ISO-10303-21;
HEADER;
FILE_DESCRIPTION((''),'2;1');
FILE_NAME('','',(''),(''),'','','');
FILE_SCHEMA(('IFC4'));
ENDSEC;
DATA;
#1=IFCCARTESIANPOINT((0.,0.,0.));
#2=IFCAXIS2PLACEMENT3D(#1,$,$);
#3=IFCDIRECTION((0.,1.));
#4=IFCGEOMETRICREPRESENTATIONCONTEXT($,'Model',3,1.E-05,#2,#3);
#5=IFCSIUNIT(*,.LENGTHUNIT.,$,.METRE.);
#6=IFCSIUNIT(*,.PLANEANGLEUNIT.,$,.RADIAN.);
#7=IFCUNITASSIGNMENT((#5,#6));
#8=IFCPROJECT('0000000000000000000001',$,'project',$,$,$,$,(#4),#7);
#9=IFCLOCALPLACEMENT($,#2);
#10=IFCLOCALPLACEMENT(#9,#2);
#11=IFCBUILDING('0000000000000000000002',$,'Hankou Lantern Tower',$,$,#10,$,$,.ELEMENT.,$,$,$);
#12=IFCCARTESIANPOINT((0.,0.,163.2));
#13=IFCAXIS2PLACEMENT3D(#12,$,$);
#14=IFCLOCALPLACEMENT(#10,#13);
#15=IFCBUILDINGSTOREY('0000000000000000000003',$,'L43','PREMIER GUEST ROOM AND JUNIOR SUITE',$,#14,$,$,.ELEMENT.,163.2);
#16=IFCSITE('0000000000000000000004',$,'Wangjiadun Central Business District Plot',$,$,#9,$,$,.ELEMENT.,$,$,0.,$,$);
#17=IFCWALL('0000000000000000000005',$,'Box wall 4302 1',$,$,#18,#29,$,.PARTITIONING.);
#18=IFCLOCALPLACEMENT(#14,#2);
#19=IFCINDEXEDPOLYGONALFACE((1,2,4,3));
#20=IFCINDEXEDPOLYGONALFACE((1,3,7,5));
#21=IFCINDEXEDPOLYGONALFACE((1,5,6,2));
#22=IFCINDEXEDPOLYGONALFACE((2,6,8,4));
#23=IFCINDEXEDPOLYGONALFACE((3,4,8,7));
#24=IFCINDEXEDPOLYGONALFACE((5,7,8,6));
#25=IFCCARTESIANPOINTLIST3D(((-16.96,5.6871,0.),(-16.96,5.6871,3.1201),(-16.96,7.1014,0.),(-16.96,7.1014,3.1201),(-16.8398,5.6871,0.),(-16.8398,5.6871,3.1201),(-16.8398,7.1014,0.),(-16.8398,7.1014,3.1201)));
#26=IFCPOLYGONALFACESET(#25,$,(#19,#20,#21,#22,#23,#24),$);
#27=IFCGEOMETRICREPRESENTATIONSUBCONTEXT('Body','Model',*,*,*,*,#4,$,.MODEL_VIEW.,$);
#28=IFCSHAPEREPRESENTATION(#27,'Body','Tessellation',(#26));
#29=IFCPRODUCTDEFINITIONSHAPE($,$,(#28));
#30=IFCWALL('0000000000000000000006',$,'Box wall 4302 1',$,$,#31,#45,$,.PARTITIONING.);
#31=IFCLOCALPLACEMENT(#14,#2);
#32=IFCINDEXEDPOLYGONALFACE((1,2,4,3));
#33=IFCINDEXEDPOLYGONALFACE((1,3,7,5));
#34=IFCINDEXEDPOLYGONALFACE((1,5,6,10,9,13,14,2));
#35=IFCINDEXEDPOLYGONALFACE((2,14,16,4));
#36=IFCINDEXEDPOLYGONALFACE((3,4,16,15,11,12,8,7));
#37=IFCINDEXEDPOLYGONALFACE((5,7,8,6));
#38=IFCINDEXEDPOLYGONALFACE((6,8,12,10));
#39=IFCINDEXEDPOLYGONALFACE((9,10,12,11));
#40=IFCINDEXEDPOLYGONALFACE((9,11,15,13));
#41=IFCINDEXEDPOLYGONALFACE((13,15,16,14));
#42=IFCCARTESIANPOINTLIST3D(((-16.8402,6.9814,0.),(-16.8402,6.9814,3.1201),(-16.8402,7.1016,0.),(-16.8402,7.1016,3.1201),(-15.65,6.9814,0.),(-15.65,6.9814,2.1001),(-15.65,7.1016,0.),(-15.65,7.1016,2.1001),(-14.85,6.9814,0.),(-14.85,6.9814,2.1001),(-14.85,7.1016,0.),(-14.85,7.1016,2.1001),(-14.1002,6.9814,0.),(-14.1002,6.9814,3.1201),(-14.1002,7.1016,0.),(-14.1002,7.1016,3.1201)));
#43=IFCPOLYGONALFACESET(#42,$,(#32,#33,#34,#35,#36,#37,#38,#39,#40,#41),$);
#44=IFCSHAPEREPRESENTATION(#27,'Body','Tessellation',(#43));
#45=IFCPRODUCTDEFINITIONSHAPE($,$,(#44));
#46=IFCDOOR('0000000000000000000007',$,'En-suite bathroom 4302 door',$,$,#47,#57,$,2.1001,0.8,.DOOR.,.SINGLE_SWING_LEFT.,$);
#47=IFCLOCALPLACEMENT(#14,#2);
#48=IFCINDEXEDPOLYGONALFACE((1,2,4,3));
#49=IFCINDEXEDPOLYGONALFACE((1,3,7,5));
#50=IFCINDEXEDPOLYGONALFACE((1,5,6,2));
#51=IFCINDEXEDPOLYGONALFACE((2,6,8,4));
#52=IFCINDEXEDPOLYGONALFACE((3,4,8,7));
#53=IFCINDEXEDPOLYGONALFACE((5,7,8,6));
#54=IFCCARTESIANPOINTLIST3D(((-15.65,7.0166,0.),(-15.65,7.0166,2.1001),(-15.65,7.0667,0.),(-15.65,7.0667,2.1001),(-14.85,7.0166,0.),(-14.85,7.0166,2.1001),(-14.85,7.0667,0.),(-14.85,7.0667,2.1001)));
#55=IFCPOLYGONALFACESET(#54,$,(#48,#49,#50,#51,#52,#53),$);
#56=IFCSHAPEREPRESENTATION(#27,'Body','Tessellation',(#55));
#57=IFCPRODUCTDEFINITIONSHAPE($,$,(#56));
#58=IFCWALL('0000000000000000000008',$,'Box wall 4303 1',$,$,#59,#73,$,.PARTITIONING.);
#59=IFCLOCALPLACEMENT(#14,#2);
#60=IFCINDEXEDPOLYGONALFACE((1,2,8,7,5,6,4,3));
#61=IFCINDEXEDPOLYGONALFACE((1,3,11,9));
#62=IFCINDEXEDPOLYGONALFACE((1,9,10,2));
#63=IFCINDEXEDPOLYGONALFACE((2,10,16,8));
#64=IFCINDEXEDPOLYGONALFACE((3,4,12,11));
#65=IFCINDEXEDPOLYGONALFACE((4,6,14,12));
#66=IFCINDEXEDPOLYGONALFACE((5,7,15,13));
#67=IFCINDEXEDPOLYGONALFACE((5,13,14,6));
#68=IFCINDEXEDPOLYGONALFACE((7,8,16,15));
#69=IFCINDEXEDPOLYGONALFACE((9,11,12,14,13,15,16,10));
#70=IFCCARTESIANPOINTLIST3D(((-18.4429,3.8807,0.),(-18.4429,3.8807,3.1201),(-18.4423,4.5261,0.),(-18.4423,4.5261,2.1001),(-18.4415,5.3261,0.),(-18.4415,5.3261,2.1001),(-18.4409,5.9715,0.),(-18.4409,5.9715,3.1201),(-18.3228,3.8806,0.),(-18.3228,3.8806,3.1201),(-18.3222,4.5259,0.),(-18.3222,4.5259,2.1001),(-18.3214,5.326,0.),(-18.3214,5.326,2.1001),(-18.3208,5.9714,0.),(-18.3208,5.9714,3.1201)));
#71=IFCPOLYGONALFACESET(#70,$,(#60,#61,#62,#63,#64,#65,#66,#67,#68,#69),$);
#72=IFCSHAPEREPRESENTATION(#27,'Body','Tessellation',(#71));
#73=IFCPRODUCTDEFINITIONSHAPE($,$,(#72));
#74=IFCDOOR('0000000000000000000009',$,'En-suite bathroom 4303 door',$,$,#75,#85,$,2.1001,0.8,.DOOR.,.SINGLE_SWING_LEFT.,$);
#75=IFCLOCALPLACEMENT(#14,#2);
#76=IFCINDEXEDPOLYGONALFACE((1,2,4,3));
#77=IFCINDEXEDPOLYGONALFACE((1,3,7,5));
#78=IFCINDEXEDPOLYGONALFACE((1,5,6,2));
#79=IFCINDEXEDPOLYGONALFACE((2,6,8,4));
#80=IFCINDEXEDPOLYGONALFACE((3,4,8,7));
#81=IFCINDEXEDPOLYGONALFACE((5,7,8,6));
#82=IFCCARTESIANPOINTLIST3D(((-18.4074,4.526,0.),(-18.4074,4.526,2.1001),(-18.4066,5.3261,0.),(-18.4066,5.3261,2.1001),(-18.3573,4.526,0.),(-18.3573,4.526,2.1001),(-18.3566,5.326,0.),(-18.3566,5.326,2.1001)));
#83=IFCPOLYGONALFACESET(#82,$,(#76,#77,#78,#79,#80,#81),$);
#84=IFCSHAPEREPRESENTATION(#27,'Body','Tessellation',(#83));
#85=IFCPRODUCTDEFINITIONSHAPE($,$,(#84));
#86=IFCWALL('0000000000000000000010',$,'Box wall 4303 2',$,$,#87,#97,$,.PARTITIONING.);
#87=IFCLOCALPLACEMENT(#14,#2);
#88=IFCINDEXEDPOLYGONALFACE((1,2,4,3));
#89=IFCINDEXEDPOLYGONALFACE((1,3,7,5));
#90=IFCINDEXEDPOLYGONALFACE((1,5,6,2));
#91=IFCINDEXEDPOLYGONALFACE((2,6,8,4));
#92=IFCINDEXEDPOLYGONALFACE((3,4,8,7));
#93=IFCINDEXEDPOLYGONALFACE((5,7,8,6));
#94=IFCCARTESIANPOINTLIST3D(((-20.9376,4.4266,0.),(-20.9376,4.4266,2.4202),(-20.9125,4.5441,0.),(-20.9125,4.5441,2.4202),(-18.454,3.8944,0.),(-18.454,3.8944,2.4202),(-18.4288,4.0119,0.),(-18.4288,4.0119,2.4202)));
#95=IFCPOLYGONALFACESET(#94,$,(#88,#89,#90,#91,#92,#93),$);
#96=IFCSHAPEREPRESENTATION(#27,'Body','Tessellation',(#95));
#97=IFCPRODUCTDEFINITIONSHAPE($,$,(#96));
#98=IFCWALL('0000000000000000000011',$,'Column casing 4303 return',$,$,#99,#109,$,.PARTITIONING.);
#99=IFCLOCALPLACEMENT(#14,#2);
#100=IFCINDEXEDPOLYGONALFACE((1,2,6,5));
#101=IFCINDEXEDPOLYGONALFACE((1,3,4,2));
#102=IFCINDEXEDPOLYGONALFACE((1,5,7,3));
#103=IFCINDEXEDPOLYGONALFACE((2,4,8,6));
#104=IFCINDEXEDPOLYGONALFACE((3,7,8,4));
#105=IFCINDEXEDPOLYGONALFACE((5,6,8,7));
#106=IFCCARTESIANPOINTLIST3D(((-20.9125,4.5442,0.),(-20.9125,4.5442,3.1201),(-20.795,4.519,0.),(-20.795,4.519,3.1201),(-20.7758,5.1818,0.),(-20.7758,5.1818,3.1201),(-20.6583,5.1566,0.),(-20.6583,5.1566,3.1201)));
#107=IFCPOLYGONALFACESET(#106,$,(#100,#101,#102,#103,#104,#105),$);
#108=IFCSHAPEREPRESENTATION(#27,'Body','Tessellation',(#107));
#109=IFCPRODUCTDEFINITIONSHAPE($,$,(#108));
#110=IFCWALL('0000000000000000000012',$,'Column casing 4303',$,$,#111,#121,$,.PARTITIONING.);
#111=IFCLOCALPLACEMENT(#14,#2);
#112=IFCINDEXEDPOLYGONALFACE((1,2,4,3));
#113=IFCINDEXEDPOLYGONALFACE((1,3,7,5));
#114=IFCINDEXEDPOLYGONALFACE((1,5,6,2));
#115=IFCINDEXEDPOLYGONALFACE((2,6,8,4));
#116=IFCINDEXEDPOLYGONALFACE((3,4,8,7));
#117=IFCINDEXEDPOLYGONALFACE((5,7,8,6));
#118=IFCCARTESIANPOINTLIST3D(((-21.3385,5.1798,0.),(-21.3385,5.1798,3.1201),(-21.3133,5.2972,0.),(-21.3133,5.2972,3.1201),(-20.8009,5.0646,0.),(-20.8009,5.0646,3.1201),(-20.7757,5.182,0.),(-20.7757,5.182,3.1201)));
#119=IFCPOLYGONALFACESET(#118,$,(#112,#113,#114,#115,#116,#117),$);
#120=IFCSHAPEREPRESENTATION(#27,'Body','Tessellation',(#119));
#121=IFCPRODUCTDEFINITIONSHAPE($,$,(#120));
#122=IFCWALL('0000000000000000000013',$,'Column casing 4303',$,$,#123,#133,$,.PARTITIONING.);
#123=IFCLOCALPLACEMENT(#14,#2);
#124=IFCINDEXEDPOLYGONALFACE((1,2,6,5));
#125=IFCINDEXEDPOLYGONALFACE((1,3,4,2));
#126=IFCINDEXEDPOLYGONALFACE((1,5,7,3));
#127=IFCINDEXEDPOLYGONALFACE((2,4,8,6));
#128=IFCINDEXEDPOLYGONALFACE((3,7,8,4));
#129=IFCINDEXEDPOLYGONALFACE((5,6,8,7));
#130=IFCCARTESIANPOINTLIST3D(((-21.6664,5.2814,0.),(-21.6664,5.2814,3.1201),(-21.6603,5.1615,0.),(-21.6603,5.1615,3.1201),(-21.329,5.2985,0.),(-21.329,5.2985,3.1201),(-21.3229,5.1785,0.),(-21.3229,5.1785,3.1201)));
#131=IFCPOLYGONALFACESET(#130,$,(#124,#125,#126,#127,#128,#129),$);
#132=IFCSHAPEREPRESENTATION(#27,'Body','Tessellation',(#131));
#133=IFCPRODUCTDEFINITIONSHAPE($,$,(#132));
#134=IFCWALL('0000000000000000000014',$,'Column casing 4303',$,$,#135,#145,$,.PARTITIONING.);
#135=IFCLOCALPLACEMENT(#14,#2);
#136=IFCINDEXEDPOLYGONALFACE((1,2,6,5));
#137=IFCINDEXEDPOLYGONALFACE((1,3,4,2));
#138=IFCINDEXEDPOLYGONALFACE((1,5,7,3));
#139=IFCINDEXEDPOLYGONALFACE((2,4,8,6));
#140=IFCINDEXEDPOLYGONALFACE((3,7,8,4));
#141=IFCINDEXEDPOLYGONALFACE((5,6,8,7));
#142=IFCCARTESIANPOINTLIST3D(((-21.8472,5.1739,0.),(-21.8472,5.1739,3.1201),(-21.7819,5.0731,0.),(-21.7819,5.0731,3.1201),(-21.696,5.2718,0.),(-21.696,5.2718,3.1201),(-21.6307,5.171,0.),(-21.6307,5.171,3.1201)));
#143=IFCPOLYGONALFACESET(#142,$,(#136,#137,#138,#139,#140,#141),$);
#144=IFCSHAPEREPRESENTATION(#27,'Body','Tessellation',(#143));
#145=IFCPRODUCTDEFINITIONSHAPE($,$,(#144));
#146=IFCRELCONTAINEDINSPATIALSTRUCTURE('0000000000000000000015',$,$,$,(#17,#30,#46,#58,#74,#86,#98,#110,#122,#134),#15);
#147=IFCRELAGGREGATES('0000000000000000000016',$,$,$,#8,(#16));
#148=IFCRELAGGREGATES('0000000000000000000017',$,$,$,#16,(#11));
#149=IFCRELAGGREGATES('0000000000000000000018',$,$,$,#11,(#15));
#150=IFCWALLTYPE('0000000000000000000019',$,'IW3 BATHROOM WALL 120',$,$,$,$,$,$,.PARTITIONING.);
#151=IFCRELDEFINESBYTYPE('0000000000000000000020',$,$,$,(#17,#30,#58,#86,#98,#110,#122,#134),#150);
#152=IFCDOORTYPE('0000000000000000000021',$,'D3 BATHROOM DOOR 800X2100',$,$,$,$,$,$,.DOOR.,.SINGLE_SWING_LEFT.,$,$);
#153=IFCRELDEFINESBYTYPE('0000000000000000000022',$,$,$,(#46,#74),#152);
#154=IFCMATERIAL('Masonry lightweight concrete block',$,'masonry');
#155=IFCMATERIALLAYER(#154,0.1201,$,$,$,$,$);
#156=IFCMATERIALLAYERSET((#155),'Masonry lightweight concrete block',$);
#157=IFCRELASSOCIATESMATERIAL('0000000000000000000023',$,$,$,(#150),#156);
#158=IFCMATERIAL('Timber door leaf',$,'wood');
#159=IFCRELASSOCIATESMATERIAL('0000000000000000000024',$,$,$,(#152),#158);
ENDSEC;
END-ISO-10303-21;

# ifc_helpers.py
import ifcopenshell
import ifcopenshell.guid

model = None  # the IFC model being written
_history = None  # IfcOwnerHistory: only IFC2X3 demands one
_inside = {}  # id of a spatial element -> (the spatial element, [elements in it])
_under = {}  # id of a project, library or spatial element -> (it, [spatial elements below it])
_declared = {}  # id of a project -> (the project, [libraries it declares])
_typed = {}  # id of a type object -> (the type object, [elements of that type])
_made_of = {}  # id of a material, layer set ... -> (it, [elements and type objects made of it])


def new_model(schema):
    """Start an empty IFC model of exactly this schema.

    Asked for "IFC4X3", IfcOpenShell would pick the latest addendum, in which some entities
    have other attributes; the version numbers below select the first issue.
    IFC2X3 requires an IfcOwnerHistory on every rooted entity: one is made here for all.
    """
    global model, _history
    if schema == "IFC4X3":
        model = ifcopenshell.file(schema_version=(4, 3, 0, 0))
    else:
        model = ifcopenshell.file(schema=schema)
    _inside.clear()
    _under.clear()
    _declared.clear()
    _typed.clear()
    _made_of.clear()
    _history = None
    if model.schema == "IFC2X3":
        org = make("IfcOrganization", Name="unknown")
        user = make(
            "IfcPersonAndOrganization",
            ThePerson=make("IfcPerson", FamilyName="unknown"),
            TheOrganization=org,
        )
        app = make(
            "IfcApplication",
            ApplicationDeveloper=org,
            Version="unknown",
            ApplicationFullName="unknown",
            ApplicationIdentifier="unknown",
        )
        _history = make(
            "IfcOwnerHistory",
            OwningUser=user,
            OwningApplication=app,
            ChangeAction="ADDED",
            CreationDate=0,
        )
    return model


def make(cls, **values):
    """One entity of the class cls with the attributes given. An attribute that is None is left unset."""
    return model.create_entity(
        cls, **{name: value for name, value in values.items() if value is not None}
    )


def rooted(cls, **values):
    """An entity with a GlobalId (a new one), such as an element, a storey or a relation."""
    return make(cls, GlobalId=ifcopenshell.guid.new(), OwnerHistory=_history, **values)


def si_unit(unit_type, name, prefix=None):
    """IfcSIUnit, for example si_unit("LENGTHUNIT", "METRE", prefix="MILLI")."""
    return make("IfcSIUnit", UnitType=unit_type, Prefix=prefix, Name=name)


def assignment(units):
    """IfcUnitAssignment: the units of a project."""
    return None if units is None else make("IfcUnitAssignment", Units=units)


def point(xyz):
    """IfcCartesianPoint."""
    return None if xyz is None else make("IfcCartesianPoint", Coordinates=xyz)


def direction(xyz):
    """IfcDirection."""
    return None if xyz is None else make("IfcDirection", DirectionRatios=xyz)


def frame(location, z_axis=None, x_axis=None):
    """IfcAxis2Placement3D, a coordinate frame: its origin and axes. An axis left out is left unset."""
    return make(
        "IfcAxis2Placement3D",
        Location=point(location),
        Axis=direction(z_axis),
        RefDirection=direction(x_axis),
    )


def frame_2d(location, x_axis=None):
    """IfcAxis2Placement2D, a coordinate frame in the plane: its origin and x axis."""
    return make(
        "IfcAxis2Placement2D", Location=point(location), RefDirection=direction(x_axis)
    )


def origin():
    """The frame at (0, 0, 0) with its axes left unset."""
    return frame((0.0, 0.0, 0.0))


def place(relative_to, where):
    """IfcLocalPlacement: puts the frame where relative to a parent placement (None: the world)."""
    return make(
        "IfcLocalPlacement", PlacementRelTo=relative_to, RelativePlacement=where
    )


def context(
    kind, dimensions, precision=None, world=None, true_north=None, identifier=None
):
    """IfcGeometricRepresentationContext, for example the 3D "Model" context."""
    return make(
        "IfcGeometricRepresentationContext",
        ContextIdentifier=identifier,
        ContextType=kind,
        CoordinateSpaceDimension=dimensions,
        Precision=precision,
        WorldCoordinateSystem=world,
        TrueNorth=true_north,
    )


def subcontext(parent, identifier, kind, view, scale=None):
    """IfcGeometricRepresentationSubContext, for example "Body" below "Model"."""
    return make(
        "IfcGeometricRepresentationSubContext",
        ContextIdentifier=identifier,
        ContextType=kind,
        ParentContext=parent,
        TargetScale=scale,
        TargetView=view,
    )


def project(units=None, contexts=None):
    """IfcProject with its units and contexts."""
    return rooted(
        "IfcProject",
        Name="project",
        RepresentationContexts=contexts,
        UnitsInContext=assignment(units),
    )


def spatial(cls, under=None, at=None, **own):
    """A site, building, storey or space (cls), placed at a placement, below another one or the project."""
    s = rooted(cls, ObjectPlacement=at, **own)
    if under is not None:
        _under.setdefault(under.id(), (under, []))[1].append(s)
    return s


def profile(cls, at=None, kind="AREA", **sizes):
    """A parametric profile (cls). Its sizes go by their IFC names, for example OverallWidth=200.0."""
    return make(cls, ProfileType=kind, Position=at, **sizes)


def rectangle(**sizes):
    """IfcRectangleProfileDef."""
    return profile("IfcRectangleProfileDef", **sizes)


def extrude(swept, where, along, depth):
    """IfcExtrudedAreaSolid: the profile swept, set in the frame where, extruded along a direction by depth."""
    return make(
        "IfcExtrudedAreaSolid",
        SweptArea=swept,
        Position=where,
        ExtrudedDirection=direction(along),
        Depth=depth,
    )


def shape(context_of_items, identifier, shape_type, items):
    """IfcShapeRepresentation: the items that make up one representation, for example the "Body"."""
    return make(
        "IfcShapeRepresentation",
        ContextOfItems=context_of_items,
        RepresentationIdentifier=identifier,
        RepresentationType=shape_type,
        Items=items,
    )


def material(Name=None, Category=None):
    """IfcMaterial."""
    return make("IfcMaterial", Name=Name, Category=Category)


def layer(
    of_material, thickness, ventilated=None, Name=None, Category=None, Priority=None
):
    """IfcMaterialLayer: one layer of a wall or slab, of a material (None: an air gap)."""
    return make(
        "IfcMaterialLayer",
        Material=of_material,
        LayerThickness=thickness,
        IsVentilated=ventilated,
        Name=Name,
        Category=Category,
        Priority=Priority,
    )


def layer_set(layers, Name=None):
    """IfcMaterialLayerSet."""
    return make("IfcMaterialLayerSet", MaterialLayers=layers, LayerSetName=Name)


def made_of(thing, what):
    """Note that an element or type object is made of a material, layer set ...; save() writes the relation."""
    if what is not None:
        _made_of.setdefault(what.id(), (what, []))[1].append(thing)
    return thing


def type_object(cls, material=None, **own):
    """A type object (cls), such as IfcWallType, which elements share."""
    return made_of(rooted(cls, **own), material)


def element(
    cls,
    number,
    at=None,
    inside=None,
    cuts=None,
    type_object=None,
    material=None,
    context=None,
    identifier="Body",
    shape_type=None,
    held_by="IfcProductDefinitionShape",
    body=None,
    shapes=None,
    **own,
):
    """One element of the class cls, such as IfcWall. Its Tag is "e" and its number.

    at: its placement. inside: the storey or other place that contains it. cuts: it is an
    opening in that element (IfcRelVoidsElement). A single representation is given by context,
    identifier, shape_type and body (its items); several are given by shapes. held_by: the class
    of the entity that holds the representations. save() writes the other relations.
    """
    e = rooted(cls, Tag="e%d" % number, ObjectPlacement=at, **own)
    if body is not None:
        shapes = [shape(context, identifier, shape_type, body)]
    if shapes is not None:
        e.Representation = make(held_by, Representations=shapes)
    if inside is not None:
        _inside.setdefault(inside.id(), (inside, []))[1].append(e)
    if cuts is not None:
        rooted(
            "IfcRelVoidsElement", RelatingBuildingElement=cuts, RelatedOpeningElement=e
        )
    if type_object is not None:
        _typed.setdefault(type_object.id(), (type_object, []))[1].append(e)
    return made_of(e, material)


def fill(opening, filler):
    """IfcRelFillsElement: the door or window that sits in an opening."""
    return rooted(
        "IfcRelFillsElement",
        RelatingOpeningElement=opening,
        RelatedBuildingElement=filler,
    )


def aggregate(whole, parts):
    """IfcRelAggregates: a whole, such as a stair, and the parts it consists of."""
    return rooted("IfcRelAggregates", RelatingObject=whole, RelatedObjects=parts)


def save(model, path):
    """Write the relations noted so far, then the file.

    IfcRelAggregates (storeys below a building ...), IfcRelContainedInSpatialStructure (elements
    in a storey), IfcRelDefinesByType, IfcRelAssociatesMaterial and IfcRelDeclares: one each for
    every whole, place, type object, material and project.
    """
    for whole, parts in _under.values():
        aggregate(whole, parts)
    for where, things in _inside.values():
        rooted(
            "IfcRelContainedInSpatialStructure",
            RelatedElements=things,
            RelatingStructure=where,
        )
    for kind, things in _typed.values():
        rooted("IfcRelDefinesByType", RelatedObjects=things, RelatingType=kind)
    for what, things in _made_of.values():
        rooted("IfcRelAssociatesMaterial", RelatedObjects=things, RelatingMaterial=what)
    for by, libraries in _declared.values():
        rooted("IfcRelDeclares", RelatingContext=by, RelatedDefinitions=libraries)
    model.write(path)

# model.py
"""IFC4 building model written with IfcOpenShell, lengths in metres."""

from ifc_helpers import new_model, si_unit, direction, frame, frame_2d, origin, place, context, subcontext, project, spatial, rectangle, extrude, material, layer, layer_set, type_object, element, fill, save


model = new_model("IFC4")

# Units and contexts
model_context = context("Model", 3, precision=1e-05, world=origin(), true_north=direction((0.0, 1.0)))
body_context = subcontext(model_context, "Body", "Model", "MODEL_VIEW")
ifc_project = project(units=[si_unit("LENGTHUNIT", "METRE"), si_unit("PLANEANGLEUNIT", "RADIAN")], contexts=[model_context])

# Site, building, storey
site_placement = place(None, origin())
site = spatial("IfcSite", under=ifc_project, at=site_placement, Name="Wangjiadun Central Business District Plot", CompositionType="ELEMENT", RefElevation=0.0)
building_placement = place(site_placement, origin())
building = spatial("IfcBuilding", under=site, at=building_placement, Name="Hankou Lantern Tower", CompositionType="ELEMENT")
storey_placement = place(building_placement, frame((0.0, 0.0, 163.2)))
storey = spatial("IfcBuildingStorey", under=building, at=storey_placement, Name="L43", Description="PREMIER GUEST ROOM AND JUNIOR SUITE", CompositionType="ELEMENT", Elevation=163.2)

# Wall
ifc_material_1 = material(Name="Masonry lightweight concrete block", Category="masonry")
ifc_layer_1 = layer(ifc_material_1, 0.1201)
ifc_layer_set_1 = layer_set([ifc_layer_1], Name="Masonry lightweight concrete block")
wall_type_1 = type_object("IfcWallType", Name="IW3 BATHROOM WALL 120", PredefinedType="PARTITIONING", material=ifc_layer_set_1)
wall_1_placement = place(storey_placement, frame((-16.8999, 5.6873, 0.0), z_axis=(0.0, 0.0, 1.0), x_axis=(0.0, 1.0, 0.0)))
element("IfcWall", 1, at=wall_1_placement, inside=storey, type_object=wall_type_1, Name="Box wall 4302 1", PredefinedType="PARTITIONING", context=body_context, shape_type="SweptSolid", body=[
    extrude(rectangle(XDim=1.4143, YDim=0.1201, at=frame_2d((0.707, 0.0))), origin(), (0.0, 0.0, 1.0), 3.1201),
])

# Walls, openings, doors
wall_2_placement = place(storey_placement, frame((-14.1001, 7.0415, 0.0), z_axis=(0.0, 0.0, 1.0), x_axis=(-1.0, 0.0, 0.0)))
wall_2 = element("IfcWall", 2, at=wall_2_placement, inside=storey, type_object=wall_type_1, Name="Box wall 4302 1", PredefinedType="PARTITIONING", context=body_context, shape_type="SweptSolid", body=[
    extrude(rectangle(XDim=2.74, YDim=0.1201, at=frame_2d((1.3701, 0.0))), origin(), (0.0, 0.0, 1.0), 3.1201),
])
opening_1_placement = place(wall_2_placement, frame((0.75, 0.0, 0.0)))
opening_1 = element("IfcOpeningElement", 3, at=opening_1_placement, cuts=wall_2, PredefinedType="OPENING", context=body_context, shape_type="SweptSolid", body=[
    extrude(rectangle(XDim=0.8, YDim=2.1001, at=frame_2d((0.3999, 1.05))), frame((0.0, 0.0701, 0.0), z_axis=(0.0, -1.0, 0.0), x_axis=(1.0, 0.0, 0.0)), (0.0, 0.0, 1.0), 0.1401),
])
ifc_material_2 = material(Name="Timber door leaf", Category="wood")
door_type_1 = type_object("IfcDoorType", Name="D3 BATHROOM DOOR 800X2100", OperationType="SINGLE_SWING_LEFT", PredefinedType="DOOR", material=ifc_material_2)
door_1_placement = place(opening_1_placement, origin())
door_1 = element("IfcDoor", 4, at=door_1_placement, inside=storey, type_object=door_type_1, Name="En-suite bathroom 4302 door", OperationType="SINGLE_SWING_LEFT", OverallHeight=2.1001, OverallWidth=0.8, PredefinedType="DOOR", context=body_context, shape_type="SweptSolid", body=[
    extrude(rectangle(XDim=0.8, YDim=2.1001, at=frame_2d((0.3999, 1.05))), frame((0.0, 0.0249, 0.0), z_axis=(0.0, -1.0, 0.0), x_axis=(1.0, 0.0, 0.0)), (0.0, 0.0, 1.0), 0.05),
])
fill(opening_1, door_1)
wall_3_placement = place(storey_placement, frame((-18.3809, 5.9714, 0.0), z_axis=(0.0, 0.0, 1.0), x_axis=(-0.000934, -1.0, 0.0)))
wall_3 = element("IfcWall", 5, at=wall_3_placement, inside=storey, type_object=wall_type_1, Name="Box wall 4303 1", PredefinedType="PARTITIONING", context=body_context, shape_type="SweptSolid", body=[
    extrude(rectangle(XDim=2.0908, YDim=0.1201, at=frame_2d((1.0454, 0.0))), origin(), (0.0, 0.0, 1.0), 3.1201),
])
opening_2_placement = place(wall_3_placement, frame((0.6455, 0.0, 0.0)))
opening_2 = element("IfcOpeningElement", 6, at=opening_2_placement, cuts=wall_3, PredefinedType="OPENING", context=body_context, shape_type="SweptSolid", body=[
    extrude(rectangle(XDim=0.8, YDim=2.1001, at=frame_2d((0.3999, 1.05))), frame((0.0, 0.0701, 0.0), z_axis=(0.0, -1.0, 0.0), x_axis=(1.0, 0.0, 0.0)), (0.0, 0.0, 1.0), 0.1401),
])
door_2_placement = place(opening_2_placement, origin())
door_2 = element("IfcDoor", 7, at=door_2_placement, inside=storey, type_object=door_type_1, Name="En-suite bathroom 4303 door", OperationType="SINGLE_SWING_LEFT", OverallHeight=2.1001, OverallWidth=0.8, PredefinedType="DOOR", context=body_context, shape_type="SweptSolid", body=[
    extrude(rectangle(XDim=0.8, YDim=2.1001, at=frame_2d((0.3999, 1.05))), frame((0.0, 0.0249, 0.0), z_axis=(0.0, -1.0, 0.0), x_axis=(1.0, 0.0, 0.0)), (0.0, 0.0, 1.0), 0.05),
])
fill(opening_2, door_2)

# Walls
wall_4_placement = place(storey_placement, frame((-18.4414, 3.9531, 0.0), z_axis=(0.0, 0.0, 1.0), x_axis=(-0.977801, 0.209536, 0.0)))
element("IfcWall", 8, at=wall_4_placement, inside=storey, type_object=wall_type_1, Name="Box wall 4303 2", PredefinedType="PARTITIONING", context=body_context, shape_type="SweptSolid", body=[
    extrude(rectangle(XDim=2.54, YDim=0.1201, at=frame_2d((1.27, 0.0))), origin(), (0.0, 0.0, 1.0), 2.4202),
])
wall_5_placement = place(storey_placement, frame((-20.8538, 4.5315, 0.0), z_axis=(0.0, 0.0, 1.0), x_axis=(0.209631, 0.97778, 0.0)))
element("IfcWall", 9, at=wall_5_placement, inside=storey, type_object=wall_type_1, Name="Column casing 4303 return", PredefinedType="PARTITIONING", context=body_context, shape_type="SweptSolid", body=[
    extrude(rectangle(XDim=0.6521, YDim=0.1201, at=frame_2d((0.3262, 0.0))), origin(), (0.0, 0.0, 1.0), 3.1201),
])
wall_6_placement = place(storey_placement, frame((-20.7883, 5.1233, 0.0), z_axis=(0.0, 0.0, 1.0), x_axis=(-0.977789, 0.20959, 0.0)))
element("IfcWall", 10, at=wall_6_placement, inside=storey, type_object=wall_type_1, Name="Column casing 4303", PredefinedType="PARTITIONING", context=body_context, shape_type="SweptSolid", body=[
    extrude(rectangle(XDim=0.5498, YDim=0.1201, at=frame_2d((0.2749, 0.0))), origin(), (0.0, 0.0, 1.0), 3.1201),
])
wall_7_placement = place(storey_placement, frame((-21.3259, 5.2385, 0.0), z_axis=(0.0, 0.0, 1.0), x_axis=(-0.99872, -0.050586, 0.0)))
element("IfcWall", 11, at=wall_7_placement, inside=storey, type_object=wall_type_1, Name="Column casing 4303", PredefinedType="PARTITIONING", context=body_context, shape_type="SweptSolid", body=[
    extrude(rectangle(XDim=0.3379, YDim=0.1201, at=frame_2d((0.1689, 0.0))), origin(), (0.0, 0.0, 1.0), 3.1201),
])
wall_8_placement = place(storey_placement, frame((-21.6633, 5.2214, 0.0), z_axis=(0.0, 0.0, 1.0), x_axis=(-0.839279, -0.543701, 0.0)))
element("IfcWall", 12, at=wall_8_placement, inside=storey, type_object=wall_type_1, Name="Column casing 4303", PredefinedType="PARTITIONING", context=body_context, shape_type="SweptSolid", body=[
    extrude(rectangle(XDim=0.1802, YDim=0.1201, at=frame_2d((0.0901, 0.0))), origin(), (0.0, 0.0, 1.0), 3.1201),
])

save(model, "model.ifc")
